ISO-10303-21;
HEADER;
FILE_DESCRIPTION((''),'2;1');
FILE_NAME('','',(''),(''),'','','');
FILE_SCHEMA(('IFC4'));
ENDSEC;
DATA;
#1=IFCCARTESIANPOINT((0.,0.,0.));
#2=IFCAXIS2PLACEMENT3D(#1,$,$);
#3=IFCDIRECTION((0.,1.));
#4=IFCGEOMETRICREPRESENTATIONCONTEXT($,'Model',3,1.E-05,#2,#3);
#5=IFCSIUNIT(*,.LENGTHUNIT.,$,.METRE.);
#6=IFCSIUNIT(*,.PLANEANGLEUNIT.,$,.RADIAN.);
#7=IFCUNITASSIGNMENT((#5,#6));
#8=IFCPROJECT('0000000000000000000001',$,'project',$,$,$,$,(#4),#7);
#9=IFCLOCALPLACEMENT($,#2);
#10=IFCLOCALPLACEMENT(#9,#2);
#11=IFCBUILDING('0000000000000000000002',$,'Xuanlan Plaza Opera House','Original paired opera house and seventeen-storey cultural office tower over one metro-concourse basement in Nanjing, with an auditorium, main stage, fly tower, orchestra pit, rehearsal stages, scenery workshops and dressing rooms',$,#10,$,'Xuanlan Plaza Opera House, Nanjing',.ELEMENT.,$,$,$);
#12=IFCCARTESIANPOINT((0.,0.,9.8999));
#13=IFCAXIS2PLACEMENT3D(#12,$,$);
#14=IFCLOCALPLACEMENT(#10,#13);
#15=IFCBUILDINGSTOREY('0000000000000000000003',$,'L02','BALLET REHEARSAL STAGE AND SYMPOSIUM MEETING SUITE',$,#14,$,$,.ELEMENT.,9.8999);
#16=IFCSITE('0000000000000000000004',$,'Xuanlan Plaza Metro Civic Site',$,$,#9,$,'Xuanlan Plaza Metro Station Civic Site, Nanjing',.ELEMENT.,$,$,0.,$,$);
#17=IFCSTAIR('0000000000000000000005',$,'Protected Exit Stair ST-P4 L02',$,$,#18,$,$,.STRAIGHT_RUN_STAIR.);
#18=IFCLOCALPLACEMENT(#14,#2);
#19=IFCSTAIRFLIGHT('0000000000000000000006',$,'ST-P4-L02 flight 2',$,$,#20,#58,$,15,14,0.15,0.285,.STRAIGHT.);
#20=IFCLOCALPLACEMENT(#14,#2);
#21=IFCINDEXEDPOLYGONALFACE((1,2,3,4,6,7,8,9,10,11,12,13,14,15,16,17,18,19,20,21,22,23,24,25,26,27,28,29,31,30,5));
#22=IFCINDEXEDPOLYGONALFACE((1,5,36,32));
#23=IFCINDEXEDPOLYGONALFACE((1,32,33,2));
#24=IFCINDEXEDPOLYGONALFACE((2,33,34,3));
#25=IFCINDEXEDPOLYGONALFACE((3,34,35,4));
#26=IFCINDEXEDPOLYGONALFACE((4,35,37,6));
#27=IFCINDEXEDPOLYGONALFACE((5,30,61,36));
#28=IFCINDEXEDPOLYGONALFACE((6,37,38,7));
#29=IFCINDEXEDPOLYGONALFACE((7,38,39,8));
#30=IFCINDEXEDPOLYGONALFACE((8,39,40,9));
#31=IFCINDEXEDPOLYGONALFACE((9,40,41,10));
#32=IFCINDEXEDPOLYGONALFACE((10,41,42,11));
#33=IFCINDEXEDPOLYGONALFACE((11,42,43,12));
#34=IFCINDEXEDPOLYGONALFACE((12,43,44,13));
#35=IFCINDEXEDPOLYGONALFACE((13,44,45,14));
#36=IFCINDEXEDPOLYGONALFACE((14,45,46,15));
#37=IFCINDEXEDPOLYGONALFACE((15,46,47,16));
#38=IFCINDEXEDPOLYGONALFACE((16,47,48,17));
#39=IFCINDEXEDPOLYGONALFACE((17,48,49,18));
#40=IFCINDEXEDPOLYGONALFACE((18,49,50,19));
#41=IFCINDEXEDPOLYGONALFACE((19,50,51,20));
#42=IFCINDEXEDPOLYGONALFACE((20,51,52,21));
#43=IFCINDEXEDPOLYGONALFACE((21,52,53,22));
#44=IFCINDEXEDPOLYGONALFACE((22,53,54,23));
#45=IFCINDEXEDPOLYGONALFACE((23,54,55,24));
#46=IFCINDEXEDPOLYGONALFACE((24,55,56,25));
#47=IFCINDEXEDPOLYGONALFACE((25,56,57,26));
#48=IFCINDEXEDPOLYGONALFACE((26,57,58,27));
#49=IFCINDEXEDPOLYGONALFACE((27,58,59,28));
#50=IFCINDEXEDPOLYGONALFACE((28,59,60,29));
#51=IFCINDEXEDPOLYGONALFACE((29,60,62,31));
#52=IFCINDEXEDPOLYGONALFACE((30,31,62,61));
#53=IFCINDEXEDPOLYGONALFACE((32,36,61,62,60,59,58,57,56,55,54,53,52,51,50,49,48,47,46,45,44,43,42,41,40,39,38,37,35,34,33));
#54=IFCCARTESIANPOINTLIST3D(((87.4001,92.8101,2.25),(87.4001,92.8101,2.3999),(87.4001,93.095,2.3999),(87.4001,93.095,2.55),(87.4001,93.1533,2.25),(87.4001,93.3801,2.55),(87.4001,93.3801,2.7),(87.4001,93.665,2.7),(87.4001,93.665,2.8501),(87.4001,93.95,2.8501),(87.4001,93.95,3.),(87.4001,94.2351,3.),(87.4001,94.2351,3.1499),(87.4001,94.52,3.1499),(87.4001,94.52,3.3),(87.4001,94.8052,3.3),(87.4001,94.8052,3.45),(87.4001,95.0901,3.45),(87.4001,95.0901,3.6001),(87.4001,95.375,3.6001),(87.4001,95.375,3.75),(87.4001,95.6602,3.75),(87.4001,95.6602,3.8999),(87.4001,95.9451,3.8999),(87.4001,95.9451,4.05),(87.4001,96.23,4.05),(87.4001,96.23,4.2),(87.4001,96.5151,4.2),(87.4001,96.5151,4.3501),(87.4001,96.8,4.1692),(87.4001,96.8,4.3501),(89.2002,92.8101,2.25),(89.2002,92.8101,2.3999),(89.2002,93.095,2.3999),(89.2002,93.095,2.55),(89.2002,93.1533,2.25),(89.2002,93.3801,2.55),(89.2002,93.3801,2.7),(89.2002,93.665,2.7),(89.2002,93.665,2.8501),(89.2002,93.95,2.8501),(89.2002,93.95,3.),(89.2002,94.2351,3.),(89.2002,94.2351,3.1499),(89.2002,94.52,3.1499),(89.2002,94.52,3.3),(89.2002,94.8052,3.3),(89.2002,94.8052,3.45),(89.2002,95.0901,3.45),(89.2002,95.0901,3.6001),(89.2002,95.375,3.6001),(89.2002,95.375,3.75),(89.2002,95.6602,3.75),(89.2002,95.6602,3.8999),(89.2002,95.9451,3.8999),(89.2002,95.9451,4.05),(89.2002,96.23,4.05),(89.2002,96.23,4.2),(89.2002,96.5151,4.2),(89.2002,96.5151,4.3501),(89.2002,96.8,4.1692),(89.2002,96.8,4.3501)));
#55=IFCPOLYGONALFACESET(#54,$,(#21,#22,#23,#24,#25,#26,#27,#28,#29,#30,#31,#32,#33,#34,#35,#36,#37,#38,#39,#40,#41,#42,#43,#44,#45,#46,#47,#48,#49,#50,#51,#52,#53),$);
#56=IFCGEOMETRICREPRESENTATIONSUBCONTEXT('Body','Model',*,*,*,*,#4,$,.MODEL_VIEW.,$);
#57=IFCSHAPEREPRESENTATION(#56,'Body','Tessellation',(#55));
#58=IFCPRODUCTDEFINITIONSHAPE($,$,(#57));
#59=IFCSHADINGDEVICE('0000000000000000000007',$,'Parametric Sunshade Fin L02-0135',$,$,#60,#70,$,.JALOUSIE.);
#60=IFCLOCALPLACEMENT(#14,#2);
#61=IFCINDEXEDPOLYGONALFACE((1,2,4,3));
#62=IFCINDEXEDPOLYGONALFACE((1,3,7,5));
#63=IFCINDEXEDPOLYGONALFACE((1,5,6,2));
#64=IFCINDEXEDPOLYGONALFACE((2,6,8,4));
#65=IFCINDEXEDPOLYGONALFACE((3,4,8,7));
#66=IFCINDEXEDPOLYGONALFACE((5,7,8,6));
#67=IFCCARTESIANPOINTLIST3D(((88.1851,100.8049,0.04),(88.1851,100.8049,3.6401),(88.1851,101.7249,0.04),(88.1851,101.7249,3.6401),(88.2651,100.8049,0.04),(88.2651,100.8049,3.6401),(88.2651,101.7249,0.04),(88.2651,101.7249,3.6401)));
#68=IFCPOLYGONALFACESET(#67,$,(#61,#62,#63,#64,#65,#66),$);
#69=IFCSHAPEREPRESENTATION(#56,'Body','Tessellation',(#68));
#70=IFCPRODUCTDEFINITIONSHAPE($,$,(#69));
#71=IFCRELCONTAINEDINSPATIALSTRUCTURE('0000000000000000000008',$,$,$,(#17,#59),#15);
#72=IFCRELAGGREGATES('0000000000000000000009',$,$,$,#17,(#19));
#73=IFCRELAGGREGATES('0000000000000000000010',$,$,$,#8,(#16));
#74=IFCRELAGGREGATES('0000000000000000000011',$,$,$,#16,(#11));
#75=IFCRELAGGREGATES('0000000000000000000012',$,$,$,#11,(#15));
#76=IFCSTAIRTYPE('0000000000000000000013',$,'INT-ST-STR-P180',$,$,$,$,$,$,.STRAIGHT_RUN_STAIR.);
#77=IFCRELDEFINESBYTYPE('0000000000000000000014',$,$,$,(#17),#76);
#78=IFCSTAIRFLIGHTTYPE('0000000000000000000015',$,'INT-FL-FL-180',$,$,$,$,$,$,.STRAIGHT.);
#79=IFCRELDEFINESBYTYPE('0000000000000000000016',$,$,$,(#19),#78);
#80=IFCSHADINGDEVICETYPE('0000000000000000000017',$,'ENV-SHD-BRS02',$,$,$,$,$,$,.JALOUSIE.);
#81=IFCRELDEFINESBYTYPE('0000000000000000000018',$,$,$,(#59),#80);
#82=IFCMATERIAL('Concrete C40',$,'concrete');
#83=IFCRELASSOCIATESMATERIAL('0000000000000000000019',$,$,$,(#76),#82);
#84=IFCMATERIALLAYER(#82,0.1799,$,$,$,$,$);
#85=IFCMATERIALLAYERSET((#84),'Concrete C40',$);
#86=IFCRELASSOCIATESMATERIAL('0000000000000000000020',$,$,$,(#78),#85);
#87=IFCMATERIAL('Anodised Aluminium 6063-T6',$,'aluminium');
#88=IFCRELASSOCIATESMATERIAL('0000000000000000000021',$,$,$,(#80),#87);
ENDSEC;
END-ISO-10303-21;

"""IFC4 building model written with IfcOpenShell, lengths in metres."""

from ifc_helpers import new_model, si_unit, direction, frame, origin, origin_2d, place, context, subcontext, project, spatial, polyline, rectangle, outline, extrude, material, layer, layer_set, type_object, element, aggregate, save


model = new_model("IFC4")

# Units and contexts
model_context = context("Model", 3, precision=1e-05, world=origin(), true_north=direction((0.0, 1.0)))
body_context = subcontext(model_context, "Body", "Model", "MODEL_VIEW")
ifc_project = project(units=[si_unit("LENGTHUNIT", "METRE"), si_unit("PLANEANGLEUNIT", "RADIAN")], contexts=[model_context])

# Site, building, storey
site_placement = place(None, origin())
site = spatial("IfcSite", under=ifc_project, at=site_placement, Name="Xuanlan Plaza Metro Civic Site", LongName="Xuanlan Plaza Metro Station Civic Site, Nanjing", CompositionType="ELEMENT", RefElevation=0.0)
building_placement = place(site_placement, origin())
building = spatial("IfcBuilding", under=site, at=building_placement, Name="Xuanlan Plaza Opera House", Description="Original paired opera house and seventeen-storey cultural office tower over one metro-concourse basement in Nanjing, with an auditorium, main stage, fly tower, orchestra pit, rehearsal stages, scenery workshops and dressing rooms", LongName="Xuanlan Plaza Opera House, Nanjing", CompositionType="ELEMENT")
storey_placement = place(building_placement, frame((0.0, 0.0, 9.8999)))
storey = spatial("IfcBuildingStorey", under=building, at=storey_placement, Name="L02", Description="BALLET REHEARSAL STAGE AND SYMPOSIUM MEETING SUITE", CompositionType="ELEMENT", Elevation=9.8999)

# Shared definitions
ifc_material_1 = material(Name="Concrete C40", Category="concrete")

# Shared definitions
ifc_material_2 = material(Name="Anodised Aluminium 6063-T6", Category="aluminium")

# Stair, stair flight
stair_type = type_object("IfcStairType", Name="INT-ST-STR-P180", PredefinedType="STRAIGHT_RUN_STAIR", material=ifc_material_1)
stair_placement = place(storey_placement, origin())
stair = element("IfcStair", 1, at=stair_placement, inside=storey, type_object=stair_type, Name="Protected Exit Stair ST-P4 L02", PredefinedType="STRAIGHT_RUN_STAIR")
ifc_layer_1 = layer(ifc_material_1, 0.1799)
ifc_layer_set_1 = layer_set([ifc_layer_1], Name="Concrete C40")
stair_flight_type = type_object("IfcStairFlightType", Name="INT-FL-FL-180", PredefinedType="STRAIGHT", material=ifc_layer_set_1)
stair_flight_placement = place(storey_placement, frame((88.3, 92.8101, 2.25), z_axis=(0.0, 0.0, 1.0), x_axis=(0.0, 1.0, 0.0)))
stair_flight = element("IfcStairFlight", 2, at=stair_flight_placement, type_object=stair_flight_type, Name="ST-P4-L02 flight 2", NumberOfRisers=15, NumberOfTreads=14, PredefinedType="STRAIGHT", RiserHeight=0.15, TreadLength=0.285, context=body_context, shape_type="SweptSolid", body=[
    extrude(outline(polyline([(0.0, 0.0), (0.0, 0.1499), (0.2849, 0.1499), (0.2849, 0.3), (0.5701, 0.3), (0.5701, 0.45), (0.855, 0.45), (0.855, 0.6001), (1.1399, 0.6001), (1.1399, 0.75), (1.425, 0.75), (1.425, 0.8999), (1.71, 0.8999), (1.71, 1.05), (1.9951, 1.05), (1.9951, 1.2), (2.28, 1.2), (2.28, 1.3501), (2.5649, 1.3501), (2.5649, 1.5), (2.8501, 1.5), (2.8501, 1.6499), (3.135, 1.6499), (3.135, 1.8), (3.4199, 1.8), (3.4199, 1.95), (3.7051, 1.95), (3.7051, 2.1001), (3.99, 2.1001), (3.99, 2.25), (3.99, 1.9192), (0.3433, 0.0), (0.0, 0.0)])), frame((0.0, 0.8999, 0.0), z_axis=(0.0, -1.0, 0.0), x_axis=(1.0, 0.0, 0.0)), (0.0, 0.0, 1.0), 1.8),
])
aggregate(stair, [stair_flight])

# Shading device
shading_device_type = type_object("IfcShadingDeviceType", Name="ENV-SHD-BRS02", PredefinedType="JALOUSIE", material=ifc_material_2)
shading_device_placement = place(storey_placement, frame((88.2251, 101.2649, 0.04), z_axis=(0.0, 0.0, 1.0), x_axis=(0.0, 1.0, 0.0)))
element("IfcShadingDevice", 3, at=shading_device_placement, inside=storey, type_object=shading_device_type, Name="Parametric Sunshade Fin L02-0135", PredefinedType="JALOUSIE", context=body_context, shape_type="SweptSolid", body=[
    extrude(rectangle(XDim=0.9199, YDim=0.0801, at=origin_2d()), origin(), (0.0, 0.0, 1.0), 3.6001),
])

save(model, "model.ifc")
